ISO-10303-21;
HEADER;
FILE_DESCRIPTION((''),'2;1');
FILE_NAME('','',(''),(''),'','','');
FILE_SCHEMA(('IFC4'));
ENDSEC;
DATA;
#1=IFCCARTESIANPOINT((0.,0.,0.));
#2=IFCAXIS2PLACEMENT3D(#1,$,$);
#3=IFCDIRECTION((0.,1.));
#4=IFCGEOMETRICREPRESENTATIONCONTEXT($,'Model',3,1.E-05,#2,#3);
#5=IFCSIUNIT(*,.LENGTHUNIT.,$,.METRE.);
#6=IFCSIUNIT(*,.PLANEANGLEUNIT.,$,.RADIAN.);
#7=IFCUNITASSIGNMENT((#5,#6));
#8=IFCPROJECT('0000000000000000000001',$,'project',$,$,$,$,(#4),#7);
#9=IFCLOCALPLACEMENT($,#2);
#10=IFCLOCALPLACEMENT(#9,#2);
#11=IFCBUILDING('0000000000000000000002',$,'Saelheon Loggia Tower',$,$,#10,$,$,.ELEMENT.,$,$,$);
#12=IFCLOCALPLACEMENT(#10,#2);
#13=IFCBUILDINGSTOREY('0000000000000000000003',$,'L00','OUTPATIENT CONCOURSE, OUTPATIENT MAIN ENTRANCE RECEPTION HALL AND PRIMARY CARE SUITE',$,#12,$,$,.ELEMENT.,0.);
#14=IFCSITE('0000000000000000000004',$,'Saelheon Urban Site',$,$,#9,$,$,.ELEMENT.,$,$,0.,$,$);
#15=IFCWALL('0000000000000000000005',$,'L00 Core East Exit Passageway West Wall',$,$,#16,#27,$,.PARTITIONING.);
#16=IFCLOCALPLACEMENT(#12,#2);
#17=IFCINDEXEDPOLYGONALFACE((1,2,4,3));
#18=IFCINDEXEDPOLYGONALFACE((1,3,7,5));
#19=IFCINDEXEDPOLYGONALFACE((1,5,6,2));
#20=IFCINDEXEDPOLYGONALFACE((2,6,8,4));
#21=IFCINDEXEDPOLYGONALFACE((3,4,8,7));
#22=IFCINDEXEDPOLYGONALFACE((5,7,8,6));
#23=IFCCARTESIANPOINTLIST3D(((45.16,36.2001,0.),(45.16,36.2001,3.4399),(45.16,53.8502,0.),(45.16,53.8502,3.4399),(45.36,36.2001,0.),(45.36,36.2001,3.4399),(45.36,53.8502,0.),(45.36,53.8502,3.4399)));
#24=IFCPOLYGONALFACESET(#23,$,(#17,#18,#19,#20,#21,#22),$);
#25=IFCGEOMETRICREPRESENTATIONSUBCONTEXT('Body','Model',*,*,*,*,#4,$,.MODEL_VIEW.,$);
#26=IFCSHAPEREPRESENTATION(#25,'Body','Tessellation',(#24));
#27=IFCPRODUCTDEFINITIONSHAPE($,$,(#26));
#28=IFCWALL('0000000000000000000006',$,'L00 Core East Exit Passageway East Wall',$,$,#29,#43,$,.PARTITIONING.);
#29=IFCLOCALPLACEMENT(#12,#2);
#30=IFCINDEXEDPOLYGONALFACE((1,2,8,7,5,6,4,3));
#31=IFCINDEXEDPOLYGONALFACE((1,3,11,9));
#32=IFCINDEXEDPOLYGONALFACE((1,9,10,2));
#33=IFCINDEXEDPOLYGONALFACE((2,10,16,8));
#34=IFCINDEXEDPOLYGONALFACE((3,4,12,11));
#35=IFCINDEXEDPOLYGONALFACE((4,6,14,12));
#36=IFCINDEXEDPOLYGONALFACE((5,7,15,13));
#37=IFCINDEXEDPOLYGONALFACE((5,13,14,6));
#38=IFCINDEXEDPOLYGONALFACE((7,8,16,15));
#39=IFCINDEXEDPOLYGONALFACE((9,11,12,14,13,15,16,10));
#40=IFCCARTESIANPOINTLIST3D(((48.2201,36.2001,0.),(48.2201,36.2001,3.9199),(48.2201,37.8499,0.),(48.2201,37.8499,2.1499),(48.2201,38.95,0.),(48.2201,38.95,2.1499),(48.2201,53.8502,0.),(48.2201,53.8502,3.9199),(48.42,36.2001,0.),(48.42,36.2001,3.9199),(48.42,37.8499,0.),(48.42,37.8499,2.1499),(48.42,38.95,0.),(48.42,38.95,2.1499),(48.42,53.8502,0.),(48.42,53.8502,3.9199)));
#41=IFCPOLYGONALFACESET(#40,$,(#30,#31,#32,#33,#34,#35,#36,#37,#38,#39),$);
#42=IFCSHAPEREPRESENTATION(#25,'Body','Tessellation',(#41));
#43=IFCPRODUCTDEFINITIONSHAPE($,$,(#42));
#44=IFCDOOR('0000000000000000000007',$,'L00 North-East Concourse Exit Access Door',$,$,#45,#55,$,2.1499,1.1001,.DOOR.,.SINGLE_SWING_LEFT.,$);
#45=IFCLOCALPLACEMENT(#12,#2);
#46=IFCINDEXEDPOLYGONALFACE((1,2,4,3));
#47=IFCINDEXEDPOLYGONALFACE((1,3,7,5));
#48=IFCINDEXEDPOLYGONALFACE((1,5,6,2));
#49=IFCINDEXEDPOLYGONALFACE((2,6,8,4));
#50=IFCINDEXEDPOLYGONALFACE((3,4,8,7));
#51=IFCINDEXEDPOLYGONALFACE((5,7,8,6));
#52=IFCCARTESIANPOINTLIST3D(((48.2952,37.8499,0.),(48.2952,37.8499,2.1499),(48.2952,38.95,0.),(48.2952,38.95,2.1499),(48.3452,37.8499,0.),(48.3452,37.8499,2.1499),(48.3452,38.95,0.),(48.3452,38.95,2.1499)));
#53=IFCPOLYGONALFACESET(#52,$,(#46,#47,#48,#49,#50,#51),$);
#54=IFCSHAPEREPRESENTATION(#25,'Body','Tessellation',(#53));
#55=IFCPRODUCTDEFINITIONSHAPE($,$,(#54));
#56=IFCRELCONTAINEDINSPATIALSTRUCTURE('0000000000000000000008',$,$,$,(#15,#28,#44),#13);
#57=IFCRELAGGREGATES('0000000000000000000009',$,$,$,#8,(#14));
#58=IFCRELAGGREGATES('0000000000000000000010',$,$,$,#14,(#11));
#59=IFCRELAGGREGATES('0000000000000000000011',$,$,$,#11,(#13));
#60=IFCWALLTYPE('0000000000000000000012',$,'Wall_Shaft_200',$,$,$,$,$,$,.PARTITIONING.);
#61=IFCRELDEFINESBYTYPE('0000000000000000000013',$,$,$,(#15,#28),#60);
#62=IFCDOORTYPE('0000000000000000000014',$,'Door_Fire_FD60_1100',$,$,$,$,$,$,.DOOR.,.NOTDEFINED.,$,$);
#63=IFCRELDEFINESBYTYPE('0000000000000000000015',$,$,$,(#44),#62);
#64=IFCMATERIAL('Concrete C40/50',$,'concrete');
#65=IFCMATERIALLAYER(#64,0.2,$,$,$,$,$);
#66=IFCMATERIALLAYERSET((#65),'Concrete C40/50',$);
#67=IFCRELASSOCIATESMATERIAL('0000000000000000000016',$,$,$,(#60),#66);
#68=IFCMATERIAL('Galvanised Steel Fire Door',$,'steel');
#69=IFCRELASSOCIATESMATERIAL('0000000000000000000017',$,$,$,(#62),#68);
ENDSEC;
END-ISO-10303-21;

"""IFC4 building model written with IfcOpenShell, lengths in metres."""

from ifc_helpers import new_model, si_unit, direction, frame, frame_2d, origin, place, context, subcontext, project, spatial, rectangle, extrude, source, transform, mapped, material, layer, layer_set, type_object, element, fill, save


model = new_model("IFC4")

# Units and contexts
model_context = context("Model", 3, precision=1e-05, world=origin(), true_north=direction((0.0, 1.0)))
body_context = subcontext(model_context, "Body", "Model", "MODEL_VIEW")
ifc_project = project(units=[si_unit("LENGTHUNIT", "METRE"), si_unit("PLANEANGLEUNIT", "RADIAN")], contexts=[model_context])

# Site, building, storey
site_placement = place(None, origin())
site = spatial("IfcSite", under=ifc_project, at=site_placement, Name="Saelheon Urban Site", CompositionType="ELEMENT", RefElevation=0.0)
building_placement = place(site_placement, origin())
building = spatial("IfcBuilding", under=site, at=building_placement, Name="Saelheon Loggia Tower", CompositionType="ELEMENT")
storey_placement = place(building_placement, origin())
storey = spatial("IfcBuildingStorey", under=building, at=storey_placement, Name="L00", Description="OUTPATIENT CONCOURSE, OUTPATIENT MAIN ENTRANCE RECEPTION HALL AND PRIMARY CARE SUITE", CompositionType="ELEMENT", Elevation=0.0)

# Shared definitions
ifc_material_1 = material(Name="Concrete C40/50", Category="concrete")
ifc_layer_1 = layer(ifc_material_1, 0.2)
ifc_layer_set_1 = layer_set([ifc_layer_1], Name="Concrete C40/50")
wall_type_1 = type_object("IfcWallType", Name="Wall_Shaft_200", PredefinedType="PARTITIONING", material=ifc_layer_set_1)
ifc_material_2 = material(Name="Galvanised Steel Fire Door", Category="steel")
door_type_1 = type_object("IfcDoorType", Name="Door_Fire_FD60_1100", OperationType="NOTDEFINED", PredefinedType="DOOR", material=ifc_material_2)
shared_shape_1 = source(origin(), body_context, "Body", "SweptSolid", [
    extrude(rectangle(XDim=1.1001, YDim=2.1499, at=frame_2d((0.55, 1.075))), frame((0.0, 0.0249, 0.0), z_axis=(0.0, -1.0, 0.0), x_axis=(1.0, 0.0, 0.0)), (0.0, 0.0, 1.0), 0.05),
])

# Wall
wall_1_placement = place(storey_placement, frame((45.26, 36.2, 0.0), z_axis=(0.0, 0.0, 1.0), x_axis=(0.0, 1.0, 0.0)))
element("IfcWall", 1, at=wall_1_placement, inside=storey, type_object=wall_type_1, Name="L00 Core East Exit Passageway West Wall", PredefinedType="PARTITIONING", context=body_context, shape_type="SweptSolid", body=[
    extrude(rectangle(XDim=17.6501, YDim=0.2, at=frame_2d((8.8252, 0.0))), origin(), (0.0, 0.0, 1.0), 3.4399),
])

# Wall, opening, door
wall_2_placement = place(storey_placement, frame((48.3201, 36.2, 0.0), z_axis=(0.0, 0.0, 1.0), x_axis=(0.0, 1.0, 0.0)))
wall_2 = element("IfcWall", 2, at=wall_2_placement, inside=storey, type_object=wall_type_1, Name="L00 Core East Exit Passageway East Wall", PredefinedType="PARTITIONING", context=body_context, shape_type="SweptSolid", body=[
    extrude(rectangle(XDim=17.6501, YDim=0.2, at=frame_2d((8.8252, 0.0))), origin(), (0.0, 0.0, 1.0), 3.9199),
])
opening_1_placement = place(wall_2_placement, frame((1.6499, 0.0, 0.0)))
opening_1 = element("IfcOpeningElement", 3, at=opening_1_placement, cuts=wall_2, PredefinedType="OPENING", context=body_context, shape_type="SweptSolid", body=[
    extrude(rectangle(XDim=1.1001, YDim=2.1499, at=frame_2d((0.55, 1.075))), frame((0.0, 0.1121, 0.0), z_axis=(0.0, -1.0, 0.0), x_axis=(1.0, 0.0, 0.0)), (0.0, 0.0, 1.0), 0.2239),
])
door_1_placement = place(opening_1_placement, origin())
door_1 = element("IfcDoor", 4, at=door_1_placement, inside=storey, type_object=door_type_1, Name="L00 North-East Concourse Exit Access Door", OperationType="SINGLE_SWING_LEFT", OverallHeight=2.1499, OverallWidth=1.1001, PredefinedType="DOOR", context=body_context, shape_type="MappedRepresentation", body=[
    mapped(shared_shape_1, transform((0.0, 0.0, 0.0), scale=1.0)),
])
fill(opening_1, door_1)

save(model, "model.ifc")
